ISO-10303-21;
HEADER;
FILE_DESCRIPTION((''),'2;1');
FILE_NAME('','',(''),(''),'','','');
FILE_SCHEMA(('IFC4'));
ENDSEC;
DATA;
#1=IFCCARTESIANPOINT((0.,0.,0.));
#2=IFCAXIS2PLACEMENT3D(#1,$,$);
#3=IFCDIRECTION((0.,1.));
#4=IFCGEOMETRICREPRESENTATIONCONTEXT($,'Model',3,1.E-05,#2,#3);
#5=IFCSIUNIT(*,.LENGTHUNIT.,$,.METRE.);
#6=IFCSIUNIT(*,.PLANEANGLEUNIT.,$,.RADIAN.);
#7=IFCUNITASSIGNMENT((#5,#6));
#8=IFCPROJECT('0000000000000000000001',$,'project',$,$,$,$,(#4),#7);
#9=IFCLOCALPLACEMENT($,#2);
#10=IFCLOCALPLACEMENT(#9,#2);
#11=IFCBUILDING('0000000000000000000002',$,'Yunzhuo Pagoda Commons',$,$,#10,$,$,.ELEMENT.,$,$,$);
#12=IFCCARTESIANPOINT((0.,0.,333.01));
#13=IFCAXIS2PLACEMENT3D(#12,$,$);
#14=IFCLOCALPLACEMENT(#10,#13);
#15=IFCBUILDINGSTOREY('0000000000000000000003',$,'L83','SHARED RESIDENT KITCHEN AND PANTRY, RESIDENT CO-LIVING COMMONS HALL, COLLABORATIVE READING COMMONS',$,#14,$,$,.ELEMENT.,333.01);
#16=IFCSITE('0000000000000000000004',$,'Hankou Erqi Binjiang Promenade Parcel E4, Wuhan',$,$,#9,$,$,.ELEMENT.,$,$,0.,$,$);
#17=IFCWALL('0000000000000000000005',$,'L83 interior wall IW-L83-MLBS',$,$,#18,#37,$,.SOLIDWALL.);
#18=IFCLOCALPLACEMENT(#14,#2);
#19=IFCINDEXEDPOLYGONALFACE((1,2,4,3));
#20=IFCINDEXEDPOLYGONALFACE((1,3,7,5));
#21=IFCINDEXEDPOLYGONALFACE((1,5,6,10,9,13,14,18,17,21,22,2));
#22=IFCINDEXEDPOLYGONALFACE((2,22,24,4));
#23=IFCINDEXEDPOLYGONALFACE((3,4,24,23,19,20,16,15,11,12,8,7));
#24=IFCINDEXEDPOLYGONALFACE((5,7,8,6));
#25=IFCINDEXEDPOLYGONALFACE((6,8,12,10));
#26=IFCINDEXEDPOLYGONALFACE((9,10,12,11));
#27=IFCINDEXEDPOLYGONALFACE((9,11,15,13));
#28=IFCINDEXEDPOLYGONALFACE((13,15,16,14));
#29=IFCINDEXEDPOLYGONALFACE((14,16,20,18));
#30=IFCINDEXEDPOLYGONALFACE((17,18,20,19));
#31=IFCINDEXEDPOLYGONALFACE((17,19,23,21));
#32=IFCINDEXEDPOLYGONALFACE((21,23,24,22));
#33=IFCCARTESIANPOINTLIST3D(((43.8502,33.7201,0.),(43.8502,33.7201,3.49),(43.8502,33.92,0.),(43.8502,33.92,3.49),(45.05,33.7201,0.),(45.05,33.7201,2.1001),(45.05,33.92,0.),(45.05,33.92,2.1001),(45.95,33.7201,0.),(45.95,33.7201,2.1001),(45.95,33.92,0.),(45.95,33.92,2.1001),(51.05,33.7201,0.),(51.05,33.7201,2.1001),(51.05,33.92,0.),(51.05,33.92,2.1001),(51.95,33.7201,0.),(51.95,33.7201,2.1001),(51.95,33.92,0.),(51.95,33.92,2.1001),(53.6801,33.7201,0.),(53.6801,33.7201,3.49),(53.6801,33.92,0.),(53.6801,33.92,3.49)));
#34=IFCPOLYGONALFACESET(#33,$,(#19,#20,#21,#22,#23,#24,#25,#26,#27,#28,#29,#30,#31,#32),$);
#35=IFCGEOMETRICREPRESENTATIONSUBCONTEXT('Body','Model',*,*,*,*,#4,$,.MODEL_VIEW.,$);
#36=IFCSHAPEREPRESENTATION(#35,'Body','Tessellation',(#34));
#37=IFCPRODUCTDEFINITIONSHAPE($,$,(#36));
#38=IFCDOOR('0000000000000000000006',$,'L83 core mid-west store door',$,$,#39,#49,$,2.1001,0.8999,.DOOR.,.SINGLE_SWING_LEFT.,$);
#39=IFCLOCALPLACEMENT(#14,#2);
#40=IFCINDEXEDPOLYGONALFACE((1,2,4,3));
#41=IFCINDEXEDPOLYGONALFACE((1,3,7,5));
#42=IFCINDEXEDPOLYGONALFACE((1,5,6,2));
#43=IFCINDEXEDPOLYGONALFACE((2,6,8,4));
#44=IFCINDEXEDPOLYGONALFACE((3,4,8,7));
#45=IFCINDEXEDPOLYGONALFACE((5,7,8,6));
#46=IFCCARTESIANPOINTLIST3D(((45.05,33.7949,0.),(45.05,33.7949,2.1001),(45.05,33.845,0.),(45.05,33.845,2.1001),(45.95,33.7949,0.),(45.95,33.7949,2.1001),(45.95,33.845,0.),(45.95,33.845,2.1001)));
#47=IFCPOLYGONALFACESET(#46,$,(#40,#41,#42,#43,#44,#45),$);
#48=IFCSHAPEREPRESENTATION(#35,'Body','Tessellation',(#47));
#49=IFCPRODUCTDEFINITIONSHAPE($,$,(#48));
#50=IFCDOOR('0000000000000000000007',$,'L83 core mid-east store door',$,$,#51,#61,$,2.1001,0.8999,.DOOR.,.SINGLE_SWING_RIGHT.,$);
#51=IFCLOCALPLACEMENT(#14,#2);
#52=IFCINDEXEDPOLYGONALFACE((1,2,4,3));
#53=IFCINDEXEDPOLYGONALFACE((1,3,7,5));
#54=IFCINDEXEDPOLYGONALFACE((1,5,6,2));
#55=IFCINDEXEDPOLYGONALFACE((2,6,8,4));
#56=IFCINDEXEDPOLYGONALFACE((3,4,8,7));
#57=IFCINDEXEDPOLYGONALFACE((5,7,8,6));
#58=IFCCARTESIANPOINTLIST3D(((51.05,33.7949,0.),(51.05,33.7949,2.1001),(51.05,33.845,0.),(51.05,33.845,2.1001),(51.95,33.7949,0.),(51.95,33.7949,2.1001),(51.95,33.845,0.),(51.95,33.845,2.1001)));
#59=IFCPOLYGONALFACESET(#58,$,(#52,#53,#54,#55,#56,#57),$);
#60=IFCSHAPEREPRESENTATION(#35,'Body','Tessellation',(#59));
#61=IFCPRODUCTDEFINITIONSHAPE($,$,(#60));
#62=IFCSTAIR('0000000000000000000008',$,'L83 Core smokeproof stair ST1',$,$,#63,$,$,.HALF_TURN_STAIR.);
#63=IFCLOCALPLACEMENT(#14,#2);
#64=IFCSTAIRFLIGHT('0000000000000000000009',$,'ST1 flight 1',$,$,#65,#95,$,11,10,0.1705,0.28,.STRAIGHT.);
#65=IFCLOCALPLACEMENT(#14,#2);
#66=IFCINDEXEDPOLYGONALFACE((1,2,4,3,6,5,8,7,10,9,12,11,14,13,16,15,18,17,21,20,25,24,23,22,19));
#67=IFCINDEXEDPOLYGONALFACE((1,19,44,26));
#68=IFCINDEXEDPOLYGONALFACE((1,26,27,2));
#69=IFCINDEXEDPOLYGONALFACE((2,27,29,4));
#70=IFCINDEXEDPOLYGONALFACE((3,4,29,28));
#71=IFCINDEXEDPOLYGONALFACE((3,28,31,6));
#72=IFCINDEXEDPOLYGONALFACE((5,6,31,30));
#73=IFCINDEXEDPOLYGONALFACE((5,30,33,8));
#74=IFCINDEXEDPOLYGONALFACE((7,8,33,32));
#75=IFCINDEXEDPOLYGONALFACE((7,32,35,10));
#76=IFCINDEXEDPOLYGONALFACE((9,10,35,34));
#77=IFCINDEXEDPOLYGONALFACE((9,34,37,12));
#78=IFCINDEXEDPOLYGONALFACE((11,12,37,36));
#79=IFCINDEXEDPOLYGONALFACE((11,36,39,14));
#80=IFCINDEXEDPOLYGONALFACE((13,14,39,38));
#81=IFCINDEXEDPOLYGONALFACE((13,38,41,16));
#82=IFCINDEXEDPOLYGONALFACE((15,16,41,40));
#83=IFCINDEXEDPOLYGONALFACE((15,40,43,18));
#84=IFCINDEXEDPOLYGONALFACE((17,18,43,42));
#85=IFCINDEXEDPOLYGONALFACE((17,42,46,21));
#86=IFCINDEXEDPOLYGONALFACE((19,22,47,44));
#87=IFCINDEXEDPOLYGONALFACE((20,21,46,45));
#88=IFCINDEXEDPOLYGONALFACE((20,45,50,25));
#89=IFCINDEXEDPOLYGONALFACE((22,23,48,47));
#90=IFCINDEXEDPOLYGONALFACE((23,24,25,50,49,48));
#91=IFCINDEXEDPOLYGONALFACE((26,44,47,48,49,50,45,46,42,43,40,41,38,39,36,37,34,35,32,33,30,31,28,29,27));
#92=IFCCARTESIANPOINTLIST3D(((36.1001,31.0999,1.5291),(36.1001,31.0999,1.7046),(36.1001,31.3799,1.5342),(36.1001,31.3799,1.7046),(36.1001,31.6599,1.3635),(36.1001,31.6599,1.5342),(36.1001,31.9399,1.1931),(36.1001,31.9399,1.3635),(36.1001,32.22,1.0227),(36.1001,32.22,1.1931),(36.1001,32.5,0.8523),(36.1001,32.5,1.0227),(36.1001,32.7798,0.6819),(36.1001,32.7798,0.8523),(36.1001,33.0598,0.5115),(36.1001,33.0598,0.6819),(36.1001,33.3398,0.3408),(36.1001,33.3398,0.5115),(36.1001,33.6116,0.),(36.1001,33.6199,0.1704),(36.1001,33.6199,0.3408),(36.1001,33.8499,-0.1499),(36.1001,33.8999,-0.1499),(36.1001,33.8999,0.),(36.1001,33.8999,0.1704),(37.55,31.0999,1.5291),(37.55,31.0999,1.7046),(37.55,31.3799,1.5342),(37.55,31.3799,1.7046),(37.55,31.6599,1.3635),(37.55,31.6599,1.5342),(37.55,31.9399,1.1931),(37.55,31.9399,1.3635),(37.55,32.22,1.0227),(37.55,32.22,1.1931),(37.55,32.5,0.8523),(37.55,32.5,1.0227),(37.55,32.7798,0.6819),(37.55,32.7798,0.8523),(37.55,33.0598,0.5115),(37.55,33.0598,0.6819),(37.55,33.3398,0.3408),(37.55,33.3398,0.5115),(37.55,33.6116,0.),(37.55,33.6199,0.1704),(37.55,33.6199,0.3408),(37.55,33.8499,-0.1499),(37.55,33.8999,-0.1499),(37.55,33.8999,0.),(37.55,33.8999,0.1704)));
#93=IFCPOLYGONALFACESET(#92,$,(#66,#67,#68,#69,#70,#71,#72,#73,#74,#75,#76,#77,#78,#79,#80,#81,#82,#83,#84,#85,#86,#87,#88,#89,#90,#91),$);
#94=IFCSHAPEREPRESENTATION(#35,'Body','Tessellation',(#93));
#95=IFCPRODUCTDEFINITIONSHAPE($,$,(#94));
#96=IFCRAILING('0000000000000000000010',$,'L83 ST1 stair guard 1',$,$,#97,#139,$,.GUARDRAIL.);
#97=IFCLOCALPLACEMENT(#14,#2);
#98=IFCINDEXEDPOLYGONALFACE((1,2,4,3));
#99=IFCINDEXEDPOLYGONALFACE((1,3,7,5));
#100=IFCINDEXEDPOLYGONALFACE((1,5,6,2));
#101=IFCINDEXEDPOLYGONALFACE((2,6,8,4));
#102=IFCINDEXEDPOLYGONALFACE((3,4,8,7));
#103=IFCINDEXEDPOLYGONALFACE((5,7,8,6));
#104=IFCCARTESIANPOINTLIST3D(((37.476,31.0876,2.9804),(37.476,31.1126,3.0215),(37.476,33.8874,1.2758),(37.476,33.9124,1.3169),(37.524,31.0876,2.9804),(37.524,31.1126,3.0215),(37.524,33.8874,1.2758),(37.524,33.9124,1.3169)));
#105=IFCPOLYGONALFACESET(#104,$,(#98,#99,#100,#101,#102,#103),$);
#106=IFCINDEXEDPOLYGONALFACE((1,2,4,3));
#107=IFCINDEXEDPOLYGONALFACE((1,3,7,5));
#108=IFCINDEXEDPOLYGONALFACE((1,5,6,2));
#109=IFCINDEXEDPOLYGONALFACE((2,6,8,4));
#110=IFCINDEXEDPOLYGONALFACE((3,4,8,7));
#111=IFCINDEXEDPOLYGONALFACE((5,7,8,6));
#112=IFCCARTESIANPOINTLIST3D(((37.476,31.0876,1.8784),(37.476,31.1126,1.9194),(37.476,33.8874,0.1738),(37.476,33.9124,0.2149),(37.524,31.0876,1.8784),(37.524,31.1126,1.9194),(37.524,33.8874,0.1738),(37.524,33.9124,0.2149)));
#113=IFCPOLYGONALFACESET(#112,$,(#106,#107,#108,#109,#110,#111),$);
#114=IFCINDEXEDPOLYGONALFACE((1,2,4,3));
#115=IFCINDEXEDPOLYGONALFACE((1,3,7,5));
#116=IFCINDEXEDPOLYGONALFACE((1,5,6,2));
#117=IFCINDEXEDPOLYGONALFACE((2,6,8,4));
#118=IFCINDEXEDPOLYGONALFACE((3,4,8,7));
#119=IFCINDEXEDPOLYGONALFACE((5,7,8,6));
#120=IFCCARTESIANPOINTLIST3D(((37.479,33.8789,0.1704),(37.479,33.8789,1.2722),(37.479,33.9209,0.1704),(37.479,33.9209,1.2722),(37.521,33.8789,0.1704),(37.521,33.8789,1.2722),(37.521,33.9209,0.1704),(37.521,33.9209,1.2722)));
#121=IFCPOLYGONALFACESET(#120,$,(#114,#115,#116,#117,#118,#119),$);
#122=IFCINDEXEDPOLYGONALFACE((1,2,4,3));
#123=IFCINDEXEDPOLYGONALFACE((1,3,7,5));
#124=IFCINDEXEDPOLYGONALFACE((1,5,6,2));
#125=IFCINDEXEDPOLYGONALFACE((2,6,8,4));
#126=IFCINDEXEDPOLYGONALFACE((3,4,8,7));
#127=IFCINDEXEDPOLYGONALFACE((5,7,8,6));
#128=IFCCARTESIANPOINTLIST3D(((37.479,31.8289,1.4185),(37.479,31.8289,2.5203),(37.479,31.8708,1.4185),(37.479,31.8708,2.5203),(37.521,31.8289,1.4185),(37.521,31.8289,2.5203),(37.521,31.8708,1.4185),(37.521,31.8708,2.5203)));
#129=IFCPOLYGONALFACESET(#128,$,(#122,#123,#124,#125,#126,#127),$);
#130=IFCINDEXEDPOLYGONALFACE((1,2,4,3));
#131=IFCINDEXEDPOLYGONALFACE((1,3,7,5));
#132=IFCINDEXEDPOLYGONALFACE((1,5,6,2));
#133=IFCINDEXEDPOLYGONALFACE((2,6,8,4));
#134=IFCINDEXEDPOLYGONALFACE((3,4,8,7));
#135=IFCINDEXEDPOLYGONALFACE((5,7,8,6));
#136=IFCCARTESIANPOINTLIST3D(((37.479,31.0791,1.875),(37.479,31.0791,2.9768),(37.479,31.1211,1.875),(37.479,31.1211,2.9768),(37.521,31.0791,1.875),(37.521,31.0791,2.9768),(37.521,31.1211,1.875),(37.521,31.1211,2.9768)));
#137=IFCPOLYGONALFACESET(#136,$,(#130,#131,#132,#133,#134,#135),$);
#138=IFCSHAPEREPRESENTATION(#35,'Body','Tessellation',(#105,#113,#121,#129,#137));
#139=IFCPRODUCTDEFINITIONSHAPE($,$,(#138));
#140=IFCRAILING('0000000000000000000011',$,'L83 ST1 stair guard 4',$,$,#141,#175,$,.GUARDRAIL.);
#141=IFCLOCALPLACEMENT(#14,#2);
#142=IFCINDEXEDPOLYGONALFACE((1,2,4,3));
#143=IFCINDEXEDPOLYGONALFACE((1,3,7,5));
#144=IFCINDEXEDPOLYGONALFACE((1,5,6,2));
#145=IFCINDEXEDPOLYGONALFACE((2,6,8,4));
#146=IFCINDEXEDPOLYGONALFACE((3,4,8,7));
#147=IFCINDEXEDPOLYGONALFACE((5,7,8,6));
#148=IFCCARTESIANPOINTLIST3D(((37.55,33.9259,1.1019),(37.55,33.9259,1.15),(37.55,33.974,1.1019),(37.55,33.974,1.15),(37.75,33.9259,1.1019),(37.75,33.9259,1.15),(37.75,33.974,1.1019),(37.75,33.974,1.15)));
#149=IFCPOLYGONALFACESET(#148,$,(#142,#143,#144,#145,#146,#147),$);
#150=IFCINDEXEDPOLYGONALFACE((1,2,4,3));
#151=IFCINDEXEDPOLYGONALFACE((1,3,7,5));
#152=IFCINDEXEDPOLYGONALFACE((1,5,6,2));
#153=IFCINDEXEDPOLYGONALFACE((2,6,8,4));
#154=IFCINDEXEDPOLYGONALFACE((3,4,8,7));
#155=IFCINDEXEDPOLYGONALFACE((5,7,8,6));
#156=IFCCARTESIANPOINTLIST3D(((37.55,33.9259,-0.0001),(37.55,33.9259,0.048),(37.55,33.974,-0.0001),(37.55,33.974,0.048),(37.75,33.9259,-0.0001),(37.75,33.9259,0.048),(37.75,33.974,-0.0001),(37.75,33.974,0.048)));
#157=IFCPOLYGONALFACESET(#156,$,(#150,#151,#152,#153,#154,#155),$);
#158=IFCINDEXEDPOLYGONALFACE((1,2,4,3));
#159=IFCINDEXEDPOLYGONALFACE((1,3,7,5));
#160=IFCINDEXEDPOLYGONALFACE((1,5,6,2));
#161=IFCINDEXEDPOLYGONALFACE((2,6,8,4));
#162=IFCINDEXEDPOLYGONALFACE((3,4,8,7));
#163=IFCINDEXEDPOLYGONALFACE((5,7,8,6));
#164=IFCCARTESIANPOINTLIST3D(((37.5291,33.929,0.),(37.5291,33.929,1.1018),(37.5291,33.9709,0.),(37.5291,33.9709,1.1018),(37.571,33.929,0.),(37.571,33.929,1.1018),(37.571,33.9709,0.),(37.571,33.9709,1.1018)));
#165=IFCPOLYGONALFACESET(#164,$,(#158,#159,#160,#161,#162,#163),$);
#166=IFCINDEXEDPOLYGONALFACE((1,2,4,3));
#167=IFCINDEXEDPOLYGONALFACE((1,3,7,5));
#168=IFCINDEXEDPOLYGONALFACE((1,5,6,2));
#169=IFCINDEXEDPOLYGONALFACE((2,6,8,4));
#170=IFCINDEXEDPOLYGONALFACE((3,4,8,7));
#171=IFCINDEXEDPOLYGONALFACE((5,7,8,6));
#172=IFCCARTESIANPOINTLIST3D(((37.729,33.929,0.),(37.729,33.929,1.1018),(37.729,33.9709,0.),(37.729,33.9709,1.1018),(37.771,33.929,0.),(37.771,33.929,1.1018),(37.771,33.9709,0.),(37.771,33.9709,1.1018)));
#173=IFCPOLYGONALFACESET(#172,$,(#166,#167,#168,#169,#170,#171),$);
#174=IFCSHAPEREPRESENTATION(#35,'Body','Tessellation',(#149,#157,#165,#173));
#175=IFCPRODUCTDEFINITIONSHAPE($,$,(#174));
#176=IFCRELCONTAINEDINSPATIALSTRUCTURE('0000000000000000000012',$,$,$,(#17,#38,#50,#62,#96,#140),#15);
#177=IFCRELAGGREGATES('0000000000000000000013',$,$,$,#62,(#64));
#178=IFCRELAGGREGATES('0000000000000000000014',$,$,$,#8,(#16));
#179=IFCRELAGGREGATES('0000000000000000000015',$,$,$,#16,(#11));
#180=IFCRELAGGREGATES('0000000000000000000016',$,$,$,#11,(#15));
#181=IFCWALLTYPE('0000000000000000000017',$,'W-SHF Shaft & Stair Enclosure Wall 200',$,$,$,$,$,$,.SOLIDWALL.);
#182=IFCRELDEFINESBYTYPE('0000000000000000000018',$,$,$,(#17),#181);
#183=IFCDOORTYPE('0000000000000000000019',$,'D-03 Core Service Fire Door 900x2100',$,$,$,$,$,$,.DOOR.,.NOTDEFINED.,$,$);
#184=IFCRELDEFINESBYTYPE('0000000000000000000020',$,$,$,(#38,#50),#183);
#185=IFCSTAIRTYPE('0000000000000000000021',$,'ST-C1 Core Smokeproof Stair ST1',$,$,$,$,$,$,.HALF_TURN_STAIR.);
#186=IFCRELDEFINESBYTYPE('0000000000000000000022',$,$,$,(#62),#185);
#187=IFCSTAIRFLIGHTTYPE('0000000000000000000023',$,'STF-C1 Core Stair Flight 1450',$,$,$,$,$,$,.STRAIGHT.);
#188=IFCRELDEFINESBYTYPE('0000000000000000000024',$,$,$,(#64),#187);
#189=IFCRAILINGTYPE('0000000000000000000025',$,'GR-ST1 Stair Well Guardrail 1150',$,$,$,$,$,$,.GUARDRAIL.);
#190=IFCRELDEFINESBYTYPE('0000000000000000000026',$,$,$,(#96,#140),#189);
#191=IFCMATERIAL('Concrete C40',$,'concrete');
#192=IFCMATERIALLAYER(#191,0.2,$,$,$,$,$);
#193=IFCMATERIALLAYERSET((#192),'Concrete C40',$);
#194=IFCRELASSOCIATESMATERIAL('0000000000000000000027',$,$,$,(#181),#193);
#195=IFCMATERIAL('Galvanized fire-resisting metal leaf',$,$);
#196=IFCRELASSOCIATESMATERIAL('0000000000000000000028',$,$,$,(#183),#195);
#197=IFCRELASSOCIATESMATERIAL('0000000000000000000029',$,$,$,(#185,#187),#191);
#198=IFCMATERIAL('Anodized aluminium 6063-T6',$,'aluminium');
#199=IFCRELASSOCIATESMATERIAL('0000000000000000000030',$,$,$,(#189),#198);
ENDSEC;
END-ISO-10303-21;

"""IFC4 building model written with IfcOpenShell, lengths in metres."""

from ifc_helpers import new_model, si_unit, direction, frame, frame_2d, origin, origin_with_axes, origin_2d, place, context, subcontext, project, spatial, polyline, rectangle, outline, extrude, source, transform, mapped, material, layer, layer_set, type_object, element, fill, aggregate, save


model = new_model("IFC4")

# Units and contexts
model_context = context("Model", 3, precision=1e-05, world=origin(), true_north=direction((0.0, 1.0)))
body_context = subcontext(model_context, "Body", "Model", "MODEL_VIEW")
ifc_project = project(units=[si_unit("LENGTHUNIT", "METRE"), si_unit("PLANEANGLEUNIT", "RADIAN")], contexts=[model_context])

# Site, building, storey
site_placement = place(None, origin())
site = spatial("IfcSite", under=ifc_project, at=site_placement, Name="Hankou Erqi Binjiang Promenade Parcel E4, Wuhan", CompositionType="ELEMENT", RefElevation=0.0)
building_placement = place(site_placement, origin())
building = spatial("IfcBuilding", under=site, at=building_placement, Name="Yunzhuo Pagoda Commons", CompositionType="ELEMENT")
storey_placement = place(building_placement, frame((0.0, 0.0, 333.01)))
storey = spatial("IfcBuildingStorey", under=building, at=storey_placement, Name="L83", Description="SHARED RESIDENT KITCHEN AND PANTRY, RESIDENT CO-LIVING COMMONS HALL, COLLABORATIVE READING COMMONS", CompositionType="ELEMENT", Elevation=333.01)

# Shared definitions
ifc_material_1 = material(Name="Galvanized fire-resisting metal leaf")

# Shared definitions
ifc_material_2 = material(Name="Concrete C40", Category="concrete")
ifc_layer_1 = layer(ifc_material_2, 0.2)
ifc_layer_set_1 = layer_set([ifc_layer_1], Name="Concrete C40")
wall_type_1 = type_object("IfcWallType", Name="W-SHF Shaft & Stair Enclosure Wall 200", PredefinedType="SOLIDWALL", material=ifc_layer_set_1)

# Shared definitions
door_type_1 = type_object("IfcDoorType", Name="D-03 Core Service Fire Door 900x2100", OperationType="NOTDEFINED", PredefinedType="DOOR", material=ifc_material_1)
shared_shape_1 = source(origin(), body_context, "Body", "SweptSolid", [
    extrude(rectangle(XDim=0.8999, YDim=2.1001, at=frame_2d((0.45, 1.05))), frame((0.0, 0.0249, 0.0), z_axis=(0.0, -1.0, 0.0), x_axis=(1.0, 0.0, 0.0)), (0.0, 0.0, 1.0), 0.05),
])

# Wall, openings, doors
wall_1_placement = place(storey_placement, frame((43.8501, 33.8201, 0.0), z_axis=(0.0, 0.0, 1.0), x_axis=(1.0, 0.0, 0.0)))
wall_1 = element("IfcWall", 1, at=wall_1_placement, inside=storey, type_object=wall_type_1, Name="L83 interior wall IW-L83-MLBS", PredefinedType="SOLIDWALL", context=body_context, shape_type="SweptSolid", body=[
    extrude(rectangle(XDim=9.8298, YDim=0.2, at=frame_2d((4.915, 0.0))), origin(), (0.0, 0.0, 1.0), 3.49),
])
opening_1_placement = place(wall_1_placement, frame((1.2, 0.0, 0.0)))
opening_1 = element("IfcOpeningElement", 2, at=opening_1_placement, cuts=wall_1, PredefinedType="OPENING", context=body_context, shape_type="SweptSolid", body=[
    extrude(rectangle(XDim=0.8999, YDim=2.1001, at=frame_2d((0.45, 1.05))), frame((0.0, 0.1099, 0.0), z_axis=(0.0, -1.0, 0.0), x_axis=(1.0, 0.0, 0.0)), (0.0, 0.0, 1.0), 0.22),
])
opening_2_placement = place(wall_1_placement, frame((7.2, 0.0, 0.0)))
opening_2 = element("IfcOpeningElement", 3, at=opening_2_placement, cuts=wall_1, PredefinedType="OPENING", context=body_context, shape_type="SweptSolid", body=[
    extrude(rectangle(XDim=0.8999, YDim=2.1001, at=frame_2d((0.45, 1.05))), frame((0.0, 0.1099, 0.0), z_axis=(0.0, -1.0, 0.0), x_axis=(1.0, 0.0, 0.0)), (0.0, 0.0, 1.0), 0.22),
])
door_1_placement = place(opening_1_placement, origin_with_axes())
door_1 = element("IfcDoor", 4, at=door_1_placement, inside=storey, type_object=door_type_1, Name="L83 core mid-west store door", OperationType="SINGLE_SWING_LEFT", OverallHeight=2.1001, OverallWidth=0.8999, PredefinedType="DOOR", context=body_context, shape_type="MappedRepresentation", body=[
    mapped(shared_shape_1, transform((0.0, 0.0, 0.0), scale=1.0)),
])
fill(opening_1, door_1)
door_2_placement = place(opening_2_placement, origin_with_axes())
door_2 = element("IfcDoor", 5, at=door_2_placement, inside=storey, type_object=door_type_1, Name="L83 core mid-east store door", OperationType="SINGLE_SWING_RIGHT", OverallHeight=2.1001, OverallWidth=0.8999, PredefinedType="DOOR", context=body_context, shape_type="MappedRepresentation", body=[
    mapped(shared_shape_1, transform((0.0, 0.0, 0.0), scale=1.0)),
])
fill(opening_2, door_2)

# Stair, stair flight
stair_type = type_object("IfcStairType", Name="ST-C1 Core Smokeproof Stair ST1", PredefinedType="HALF_TURN_STAIR", material=ifc_material_2)
stair_placement = place(storey_placement, origin())
stair = element("IfcStair", 6, at=stair_placement, inside=storey, type_object=stair_type, Name="L83 Core smokeproof stair ST1", PredefinedType="HALF_TURN_STAIR")
stair_flight_type = type_object("IfcStairFlightType", Name="STF-C1 Core Stair Flight 1450", PredefinedType="STRAIGHT", material=ifc_material_2)
shared_shape_2 = source(origin(), body_context, "Body", "SweptSolid", [
    extrude(outline(polyline([(0.0, -0.1499), (0.0, 0.0), (0.0, 0.1704), (0.28, 0.1704), (0.28, 0.3408), (0.5601, 0.3408), (0.5601, 0.5115), (0.8401, 0.5115), (0.8401, 0.6819), (1.1201, 0.6819), (1.1201, 0.8523), (1.3999, 0.8523), (1.3999, 1.0227), (1.6799, 1.0227), (1.6799, 1.1931), (1.96, 1.1931), (1.96, 1.3635), (2.24, 1.3635), (2.24, 1.5342), (2.52, 1.5342), (2.52, 1.7046), (2.8, 1.7046), (2.8, 1.875), (2.8, 1.5291), (0.2883, 0.0), (0.05, -0.1499), (0.0, -0.1499)])), frame((0.0, 0.7251, 0.0), z_axis=(0.0, -1.0, 0.0), x_axis=(1.0, 0.0, 0.0)), (0.0, 0.0, 1.0), 1.45),
])
stair_flight_placement = place(storey_placement, frame((36.825, 33.8999, 0.0), z_axis=(0.0, 0.0, 1.0), x_axis=(0.0, -1.0, 0.0)))
stair_flight = element("IfcStairFlight", 7, at=stair_flight_placement, type_object=stair_flight_type, Name="ST1 flight 1", NumberOfRisers=11, NumberOfTreads=10, PredefinedType="STRAIGHT", RiserHeight=0.1705, TreadLength=0.28, context=body_context, shape_type="MappedRepresentation", body=[
    mapped(shared_shape_2, transform((0.0, 0.0, 0.0), scale=1.0)),
])
aggregate(stair, [stair_flight])

# Railings
ifc_material_3 = material(Name="Anodized aluminium 6063-T6", Category="aluminium")
railing_type_1 = type_object("IfcRailingType", Name="GR-ST1 Stair Well Guardrail 1150", PredefinedType="GUARDRAIL", material=ifc_material_3)
railing_1_placement = place(storey_placement, frame((37.5, 33.8999, 0.1704)))
element("IfcRailing", 8, at=railing_1_placement, inside=storey, type_object=railing_type_1, Name="L83 ST1 stair guard 1", PredefinedType="GUARDRAIL", context=body_context, shape_type="SweptSolid", body=[
    extrude(rectangle(XDim=0.0481, YDim=0.0481, at=origin_2d()), frame((0.0, 0.0, 1.126), z_axis=(0.0, -0.85415, 0.520027), x_axis=(1.0, 0.0, 0.0)), (0.0, 0.0, 1.0), 3.2778),
    extrude(rectangle(XDim=0.0481, YDim=0.0481, at=origin_2d()), frame((0.0, 0.0, 0.0239), z_axis=(0.0, -0.85415, 0.520027), x_axis=(1.0, 0.0, 0.0)), (0.0, 0.0, 1.0), 3.2778),
    extrude(rectangle(XDim=0.042, YDim=0.042, at=origin_2d()), origin(), (0.0, 0.0, 1.0), 1.1018),
    extrude(rectangle(XDim=0.042, YDim=0.042, at=origin_2d()), frame((0.0, -2.05, 1.248)), (0.0, 0.0, 1.0), 1.1018),
    extrude(rectangle(XDim=0.042, YDim=0.042, at=origin_2d()), frame((0.0, -2.7998, 1.7046)), (0.0, 0.0, 1.0), 1.1018),
])
railing_2_placement = place(storey_placement, frame((37.55, 33.95, 0.0)))
element("IfcRailing", 9, at=railing_2_placement, inside=storey, type_object=railing_type_1, Name="L83 ST1 stair guard 4", PredefinedType="GUARDRAIL", context=body_context, shape_type="SweptSolid", body=[
    extrude(rectangle(XDim=0.0481, YDim=0.0481, at=origin_2d()), frame((0.0, 0.0, 1.126), z_axis=(1.0, 0.0, 0.0), x_axis=(0.0, 1.0, 0.0)), (0.0, 0.0, 1.0), 0.2),
    extrude(rectangle(XDim=0.0481, YDim=0.0481, at=origin_2d()), frame((0.0, 0.0, 0.0239), z_axis=(1.0, 0.0, 0.0), x_axis=(0.0, 1.0, 0.0)), (0.0, 0.0, 1.0), 0.2),
    extrude(rectangle(XDim=0.042, YDim=0.042, at=origin_2d()), origin(), (0.0, 0.0, 1.0), 1.1018),
    extrude(rectangle(XDim=0.042, YDim=0.042, at=origin_2d()), frame((0.2, 0.0, 0.0)), (0.0, 0.0, 1.0), 1.1018),
])

save(model, "model.ifc")
